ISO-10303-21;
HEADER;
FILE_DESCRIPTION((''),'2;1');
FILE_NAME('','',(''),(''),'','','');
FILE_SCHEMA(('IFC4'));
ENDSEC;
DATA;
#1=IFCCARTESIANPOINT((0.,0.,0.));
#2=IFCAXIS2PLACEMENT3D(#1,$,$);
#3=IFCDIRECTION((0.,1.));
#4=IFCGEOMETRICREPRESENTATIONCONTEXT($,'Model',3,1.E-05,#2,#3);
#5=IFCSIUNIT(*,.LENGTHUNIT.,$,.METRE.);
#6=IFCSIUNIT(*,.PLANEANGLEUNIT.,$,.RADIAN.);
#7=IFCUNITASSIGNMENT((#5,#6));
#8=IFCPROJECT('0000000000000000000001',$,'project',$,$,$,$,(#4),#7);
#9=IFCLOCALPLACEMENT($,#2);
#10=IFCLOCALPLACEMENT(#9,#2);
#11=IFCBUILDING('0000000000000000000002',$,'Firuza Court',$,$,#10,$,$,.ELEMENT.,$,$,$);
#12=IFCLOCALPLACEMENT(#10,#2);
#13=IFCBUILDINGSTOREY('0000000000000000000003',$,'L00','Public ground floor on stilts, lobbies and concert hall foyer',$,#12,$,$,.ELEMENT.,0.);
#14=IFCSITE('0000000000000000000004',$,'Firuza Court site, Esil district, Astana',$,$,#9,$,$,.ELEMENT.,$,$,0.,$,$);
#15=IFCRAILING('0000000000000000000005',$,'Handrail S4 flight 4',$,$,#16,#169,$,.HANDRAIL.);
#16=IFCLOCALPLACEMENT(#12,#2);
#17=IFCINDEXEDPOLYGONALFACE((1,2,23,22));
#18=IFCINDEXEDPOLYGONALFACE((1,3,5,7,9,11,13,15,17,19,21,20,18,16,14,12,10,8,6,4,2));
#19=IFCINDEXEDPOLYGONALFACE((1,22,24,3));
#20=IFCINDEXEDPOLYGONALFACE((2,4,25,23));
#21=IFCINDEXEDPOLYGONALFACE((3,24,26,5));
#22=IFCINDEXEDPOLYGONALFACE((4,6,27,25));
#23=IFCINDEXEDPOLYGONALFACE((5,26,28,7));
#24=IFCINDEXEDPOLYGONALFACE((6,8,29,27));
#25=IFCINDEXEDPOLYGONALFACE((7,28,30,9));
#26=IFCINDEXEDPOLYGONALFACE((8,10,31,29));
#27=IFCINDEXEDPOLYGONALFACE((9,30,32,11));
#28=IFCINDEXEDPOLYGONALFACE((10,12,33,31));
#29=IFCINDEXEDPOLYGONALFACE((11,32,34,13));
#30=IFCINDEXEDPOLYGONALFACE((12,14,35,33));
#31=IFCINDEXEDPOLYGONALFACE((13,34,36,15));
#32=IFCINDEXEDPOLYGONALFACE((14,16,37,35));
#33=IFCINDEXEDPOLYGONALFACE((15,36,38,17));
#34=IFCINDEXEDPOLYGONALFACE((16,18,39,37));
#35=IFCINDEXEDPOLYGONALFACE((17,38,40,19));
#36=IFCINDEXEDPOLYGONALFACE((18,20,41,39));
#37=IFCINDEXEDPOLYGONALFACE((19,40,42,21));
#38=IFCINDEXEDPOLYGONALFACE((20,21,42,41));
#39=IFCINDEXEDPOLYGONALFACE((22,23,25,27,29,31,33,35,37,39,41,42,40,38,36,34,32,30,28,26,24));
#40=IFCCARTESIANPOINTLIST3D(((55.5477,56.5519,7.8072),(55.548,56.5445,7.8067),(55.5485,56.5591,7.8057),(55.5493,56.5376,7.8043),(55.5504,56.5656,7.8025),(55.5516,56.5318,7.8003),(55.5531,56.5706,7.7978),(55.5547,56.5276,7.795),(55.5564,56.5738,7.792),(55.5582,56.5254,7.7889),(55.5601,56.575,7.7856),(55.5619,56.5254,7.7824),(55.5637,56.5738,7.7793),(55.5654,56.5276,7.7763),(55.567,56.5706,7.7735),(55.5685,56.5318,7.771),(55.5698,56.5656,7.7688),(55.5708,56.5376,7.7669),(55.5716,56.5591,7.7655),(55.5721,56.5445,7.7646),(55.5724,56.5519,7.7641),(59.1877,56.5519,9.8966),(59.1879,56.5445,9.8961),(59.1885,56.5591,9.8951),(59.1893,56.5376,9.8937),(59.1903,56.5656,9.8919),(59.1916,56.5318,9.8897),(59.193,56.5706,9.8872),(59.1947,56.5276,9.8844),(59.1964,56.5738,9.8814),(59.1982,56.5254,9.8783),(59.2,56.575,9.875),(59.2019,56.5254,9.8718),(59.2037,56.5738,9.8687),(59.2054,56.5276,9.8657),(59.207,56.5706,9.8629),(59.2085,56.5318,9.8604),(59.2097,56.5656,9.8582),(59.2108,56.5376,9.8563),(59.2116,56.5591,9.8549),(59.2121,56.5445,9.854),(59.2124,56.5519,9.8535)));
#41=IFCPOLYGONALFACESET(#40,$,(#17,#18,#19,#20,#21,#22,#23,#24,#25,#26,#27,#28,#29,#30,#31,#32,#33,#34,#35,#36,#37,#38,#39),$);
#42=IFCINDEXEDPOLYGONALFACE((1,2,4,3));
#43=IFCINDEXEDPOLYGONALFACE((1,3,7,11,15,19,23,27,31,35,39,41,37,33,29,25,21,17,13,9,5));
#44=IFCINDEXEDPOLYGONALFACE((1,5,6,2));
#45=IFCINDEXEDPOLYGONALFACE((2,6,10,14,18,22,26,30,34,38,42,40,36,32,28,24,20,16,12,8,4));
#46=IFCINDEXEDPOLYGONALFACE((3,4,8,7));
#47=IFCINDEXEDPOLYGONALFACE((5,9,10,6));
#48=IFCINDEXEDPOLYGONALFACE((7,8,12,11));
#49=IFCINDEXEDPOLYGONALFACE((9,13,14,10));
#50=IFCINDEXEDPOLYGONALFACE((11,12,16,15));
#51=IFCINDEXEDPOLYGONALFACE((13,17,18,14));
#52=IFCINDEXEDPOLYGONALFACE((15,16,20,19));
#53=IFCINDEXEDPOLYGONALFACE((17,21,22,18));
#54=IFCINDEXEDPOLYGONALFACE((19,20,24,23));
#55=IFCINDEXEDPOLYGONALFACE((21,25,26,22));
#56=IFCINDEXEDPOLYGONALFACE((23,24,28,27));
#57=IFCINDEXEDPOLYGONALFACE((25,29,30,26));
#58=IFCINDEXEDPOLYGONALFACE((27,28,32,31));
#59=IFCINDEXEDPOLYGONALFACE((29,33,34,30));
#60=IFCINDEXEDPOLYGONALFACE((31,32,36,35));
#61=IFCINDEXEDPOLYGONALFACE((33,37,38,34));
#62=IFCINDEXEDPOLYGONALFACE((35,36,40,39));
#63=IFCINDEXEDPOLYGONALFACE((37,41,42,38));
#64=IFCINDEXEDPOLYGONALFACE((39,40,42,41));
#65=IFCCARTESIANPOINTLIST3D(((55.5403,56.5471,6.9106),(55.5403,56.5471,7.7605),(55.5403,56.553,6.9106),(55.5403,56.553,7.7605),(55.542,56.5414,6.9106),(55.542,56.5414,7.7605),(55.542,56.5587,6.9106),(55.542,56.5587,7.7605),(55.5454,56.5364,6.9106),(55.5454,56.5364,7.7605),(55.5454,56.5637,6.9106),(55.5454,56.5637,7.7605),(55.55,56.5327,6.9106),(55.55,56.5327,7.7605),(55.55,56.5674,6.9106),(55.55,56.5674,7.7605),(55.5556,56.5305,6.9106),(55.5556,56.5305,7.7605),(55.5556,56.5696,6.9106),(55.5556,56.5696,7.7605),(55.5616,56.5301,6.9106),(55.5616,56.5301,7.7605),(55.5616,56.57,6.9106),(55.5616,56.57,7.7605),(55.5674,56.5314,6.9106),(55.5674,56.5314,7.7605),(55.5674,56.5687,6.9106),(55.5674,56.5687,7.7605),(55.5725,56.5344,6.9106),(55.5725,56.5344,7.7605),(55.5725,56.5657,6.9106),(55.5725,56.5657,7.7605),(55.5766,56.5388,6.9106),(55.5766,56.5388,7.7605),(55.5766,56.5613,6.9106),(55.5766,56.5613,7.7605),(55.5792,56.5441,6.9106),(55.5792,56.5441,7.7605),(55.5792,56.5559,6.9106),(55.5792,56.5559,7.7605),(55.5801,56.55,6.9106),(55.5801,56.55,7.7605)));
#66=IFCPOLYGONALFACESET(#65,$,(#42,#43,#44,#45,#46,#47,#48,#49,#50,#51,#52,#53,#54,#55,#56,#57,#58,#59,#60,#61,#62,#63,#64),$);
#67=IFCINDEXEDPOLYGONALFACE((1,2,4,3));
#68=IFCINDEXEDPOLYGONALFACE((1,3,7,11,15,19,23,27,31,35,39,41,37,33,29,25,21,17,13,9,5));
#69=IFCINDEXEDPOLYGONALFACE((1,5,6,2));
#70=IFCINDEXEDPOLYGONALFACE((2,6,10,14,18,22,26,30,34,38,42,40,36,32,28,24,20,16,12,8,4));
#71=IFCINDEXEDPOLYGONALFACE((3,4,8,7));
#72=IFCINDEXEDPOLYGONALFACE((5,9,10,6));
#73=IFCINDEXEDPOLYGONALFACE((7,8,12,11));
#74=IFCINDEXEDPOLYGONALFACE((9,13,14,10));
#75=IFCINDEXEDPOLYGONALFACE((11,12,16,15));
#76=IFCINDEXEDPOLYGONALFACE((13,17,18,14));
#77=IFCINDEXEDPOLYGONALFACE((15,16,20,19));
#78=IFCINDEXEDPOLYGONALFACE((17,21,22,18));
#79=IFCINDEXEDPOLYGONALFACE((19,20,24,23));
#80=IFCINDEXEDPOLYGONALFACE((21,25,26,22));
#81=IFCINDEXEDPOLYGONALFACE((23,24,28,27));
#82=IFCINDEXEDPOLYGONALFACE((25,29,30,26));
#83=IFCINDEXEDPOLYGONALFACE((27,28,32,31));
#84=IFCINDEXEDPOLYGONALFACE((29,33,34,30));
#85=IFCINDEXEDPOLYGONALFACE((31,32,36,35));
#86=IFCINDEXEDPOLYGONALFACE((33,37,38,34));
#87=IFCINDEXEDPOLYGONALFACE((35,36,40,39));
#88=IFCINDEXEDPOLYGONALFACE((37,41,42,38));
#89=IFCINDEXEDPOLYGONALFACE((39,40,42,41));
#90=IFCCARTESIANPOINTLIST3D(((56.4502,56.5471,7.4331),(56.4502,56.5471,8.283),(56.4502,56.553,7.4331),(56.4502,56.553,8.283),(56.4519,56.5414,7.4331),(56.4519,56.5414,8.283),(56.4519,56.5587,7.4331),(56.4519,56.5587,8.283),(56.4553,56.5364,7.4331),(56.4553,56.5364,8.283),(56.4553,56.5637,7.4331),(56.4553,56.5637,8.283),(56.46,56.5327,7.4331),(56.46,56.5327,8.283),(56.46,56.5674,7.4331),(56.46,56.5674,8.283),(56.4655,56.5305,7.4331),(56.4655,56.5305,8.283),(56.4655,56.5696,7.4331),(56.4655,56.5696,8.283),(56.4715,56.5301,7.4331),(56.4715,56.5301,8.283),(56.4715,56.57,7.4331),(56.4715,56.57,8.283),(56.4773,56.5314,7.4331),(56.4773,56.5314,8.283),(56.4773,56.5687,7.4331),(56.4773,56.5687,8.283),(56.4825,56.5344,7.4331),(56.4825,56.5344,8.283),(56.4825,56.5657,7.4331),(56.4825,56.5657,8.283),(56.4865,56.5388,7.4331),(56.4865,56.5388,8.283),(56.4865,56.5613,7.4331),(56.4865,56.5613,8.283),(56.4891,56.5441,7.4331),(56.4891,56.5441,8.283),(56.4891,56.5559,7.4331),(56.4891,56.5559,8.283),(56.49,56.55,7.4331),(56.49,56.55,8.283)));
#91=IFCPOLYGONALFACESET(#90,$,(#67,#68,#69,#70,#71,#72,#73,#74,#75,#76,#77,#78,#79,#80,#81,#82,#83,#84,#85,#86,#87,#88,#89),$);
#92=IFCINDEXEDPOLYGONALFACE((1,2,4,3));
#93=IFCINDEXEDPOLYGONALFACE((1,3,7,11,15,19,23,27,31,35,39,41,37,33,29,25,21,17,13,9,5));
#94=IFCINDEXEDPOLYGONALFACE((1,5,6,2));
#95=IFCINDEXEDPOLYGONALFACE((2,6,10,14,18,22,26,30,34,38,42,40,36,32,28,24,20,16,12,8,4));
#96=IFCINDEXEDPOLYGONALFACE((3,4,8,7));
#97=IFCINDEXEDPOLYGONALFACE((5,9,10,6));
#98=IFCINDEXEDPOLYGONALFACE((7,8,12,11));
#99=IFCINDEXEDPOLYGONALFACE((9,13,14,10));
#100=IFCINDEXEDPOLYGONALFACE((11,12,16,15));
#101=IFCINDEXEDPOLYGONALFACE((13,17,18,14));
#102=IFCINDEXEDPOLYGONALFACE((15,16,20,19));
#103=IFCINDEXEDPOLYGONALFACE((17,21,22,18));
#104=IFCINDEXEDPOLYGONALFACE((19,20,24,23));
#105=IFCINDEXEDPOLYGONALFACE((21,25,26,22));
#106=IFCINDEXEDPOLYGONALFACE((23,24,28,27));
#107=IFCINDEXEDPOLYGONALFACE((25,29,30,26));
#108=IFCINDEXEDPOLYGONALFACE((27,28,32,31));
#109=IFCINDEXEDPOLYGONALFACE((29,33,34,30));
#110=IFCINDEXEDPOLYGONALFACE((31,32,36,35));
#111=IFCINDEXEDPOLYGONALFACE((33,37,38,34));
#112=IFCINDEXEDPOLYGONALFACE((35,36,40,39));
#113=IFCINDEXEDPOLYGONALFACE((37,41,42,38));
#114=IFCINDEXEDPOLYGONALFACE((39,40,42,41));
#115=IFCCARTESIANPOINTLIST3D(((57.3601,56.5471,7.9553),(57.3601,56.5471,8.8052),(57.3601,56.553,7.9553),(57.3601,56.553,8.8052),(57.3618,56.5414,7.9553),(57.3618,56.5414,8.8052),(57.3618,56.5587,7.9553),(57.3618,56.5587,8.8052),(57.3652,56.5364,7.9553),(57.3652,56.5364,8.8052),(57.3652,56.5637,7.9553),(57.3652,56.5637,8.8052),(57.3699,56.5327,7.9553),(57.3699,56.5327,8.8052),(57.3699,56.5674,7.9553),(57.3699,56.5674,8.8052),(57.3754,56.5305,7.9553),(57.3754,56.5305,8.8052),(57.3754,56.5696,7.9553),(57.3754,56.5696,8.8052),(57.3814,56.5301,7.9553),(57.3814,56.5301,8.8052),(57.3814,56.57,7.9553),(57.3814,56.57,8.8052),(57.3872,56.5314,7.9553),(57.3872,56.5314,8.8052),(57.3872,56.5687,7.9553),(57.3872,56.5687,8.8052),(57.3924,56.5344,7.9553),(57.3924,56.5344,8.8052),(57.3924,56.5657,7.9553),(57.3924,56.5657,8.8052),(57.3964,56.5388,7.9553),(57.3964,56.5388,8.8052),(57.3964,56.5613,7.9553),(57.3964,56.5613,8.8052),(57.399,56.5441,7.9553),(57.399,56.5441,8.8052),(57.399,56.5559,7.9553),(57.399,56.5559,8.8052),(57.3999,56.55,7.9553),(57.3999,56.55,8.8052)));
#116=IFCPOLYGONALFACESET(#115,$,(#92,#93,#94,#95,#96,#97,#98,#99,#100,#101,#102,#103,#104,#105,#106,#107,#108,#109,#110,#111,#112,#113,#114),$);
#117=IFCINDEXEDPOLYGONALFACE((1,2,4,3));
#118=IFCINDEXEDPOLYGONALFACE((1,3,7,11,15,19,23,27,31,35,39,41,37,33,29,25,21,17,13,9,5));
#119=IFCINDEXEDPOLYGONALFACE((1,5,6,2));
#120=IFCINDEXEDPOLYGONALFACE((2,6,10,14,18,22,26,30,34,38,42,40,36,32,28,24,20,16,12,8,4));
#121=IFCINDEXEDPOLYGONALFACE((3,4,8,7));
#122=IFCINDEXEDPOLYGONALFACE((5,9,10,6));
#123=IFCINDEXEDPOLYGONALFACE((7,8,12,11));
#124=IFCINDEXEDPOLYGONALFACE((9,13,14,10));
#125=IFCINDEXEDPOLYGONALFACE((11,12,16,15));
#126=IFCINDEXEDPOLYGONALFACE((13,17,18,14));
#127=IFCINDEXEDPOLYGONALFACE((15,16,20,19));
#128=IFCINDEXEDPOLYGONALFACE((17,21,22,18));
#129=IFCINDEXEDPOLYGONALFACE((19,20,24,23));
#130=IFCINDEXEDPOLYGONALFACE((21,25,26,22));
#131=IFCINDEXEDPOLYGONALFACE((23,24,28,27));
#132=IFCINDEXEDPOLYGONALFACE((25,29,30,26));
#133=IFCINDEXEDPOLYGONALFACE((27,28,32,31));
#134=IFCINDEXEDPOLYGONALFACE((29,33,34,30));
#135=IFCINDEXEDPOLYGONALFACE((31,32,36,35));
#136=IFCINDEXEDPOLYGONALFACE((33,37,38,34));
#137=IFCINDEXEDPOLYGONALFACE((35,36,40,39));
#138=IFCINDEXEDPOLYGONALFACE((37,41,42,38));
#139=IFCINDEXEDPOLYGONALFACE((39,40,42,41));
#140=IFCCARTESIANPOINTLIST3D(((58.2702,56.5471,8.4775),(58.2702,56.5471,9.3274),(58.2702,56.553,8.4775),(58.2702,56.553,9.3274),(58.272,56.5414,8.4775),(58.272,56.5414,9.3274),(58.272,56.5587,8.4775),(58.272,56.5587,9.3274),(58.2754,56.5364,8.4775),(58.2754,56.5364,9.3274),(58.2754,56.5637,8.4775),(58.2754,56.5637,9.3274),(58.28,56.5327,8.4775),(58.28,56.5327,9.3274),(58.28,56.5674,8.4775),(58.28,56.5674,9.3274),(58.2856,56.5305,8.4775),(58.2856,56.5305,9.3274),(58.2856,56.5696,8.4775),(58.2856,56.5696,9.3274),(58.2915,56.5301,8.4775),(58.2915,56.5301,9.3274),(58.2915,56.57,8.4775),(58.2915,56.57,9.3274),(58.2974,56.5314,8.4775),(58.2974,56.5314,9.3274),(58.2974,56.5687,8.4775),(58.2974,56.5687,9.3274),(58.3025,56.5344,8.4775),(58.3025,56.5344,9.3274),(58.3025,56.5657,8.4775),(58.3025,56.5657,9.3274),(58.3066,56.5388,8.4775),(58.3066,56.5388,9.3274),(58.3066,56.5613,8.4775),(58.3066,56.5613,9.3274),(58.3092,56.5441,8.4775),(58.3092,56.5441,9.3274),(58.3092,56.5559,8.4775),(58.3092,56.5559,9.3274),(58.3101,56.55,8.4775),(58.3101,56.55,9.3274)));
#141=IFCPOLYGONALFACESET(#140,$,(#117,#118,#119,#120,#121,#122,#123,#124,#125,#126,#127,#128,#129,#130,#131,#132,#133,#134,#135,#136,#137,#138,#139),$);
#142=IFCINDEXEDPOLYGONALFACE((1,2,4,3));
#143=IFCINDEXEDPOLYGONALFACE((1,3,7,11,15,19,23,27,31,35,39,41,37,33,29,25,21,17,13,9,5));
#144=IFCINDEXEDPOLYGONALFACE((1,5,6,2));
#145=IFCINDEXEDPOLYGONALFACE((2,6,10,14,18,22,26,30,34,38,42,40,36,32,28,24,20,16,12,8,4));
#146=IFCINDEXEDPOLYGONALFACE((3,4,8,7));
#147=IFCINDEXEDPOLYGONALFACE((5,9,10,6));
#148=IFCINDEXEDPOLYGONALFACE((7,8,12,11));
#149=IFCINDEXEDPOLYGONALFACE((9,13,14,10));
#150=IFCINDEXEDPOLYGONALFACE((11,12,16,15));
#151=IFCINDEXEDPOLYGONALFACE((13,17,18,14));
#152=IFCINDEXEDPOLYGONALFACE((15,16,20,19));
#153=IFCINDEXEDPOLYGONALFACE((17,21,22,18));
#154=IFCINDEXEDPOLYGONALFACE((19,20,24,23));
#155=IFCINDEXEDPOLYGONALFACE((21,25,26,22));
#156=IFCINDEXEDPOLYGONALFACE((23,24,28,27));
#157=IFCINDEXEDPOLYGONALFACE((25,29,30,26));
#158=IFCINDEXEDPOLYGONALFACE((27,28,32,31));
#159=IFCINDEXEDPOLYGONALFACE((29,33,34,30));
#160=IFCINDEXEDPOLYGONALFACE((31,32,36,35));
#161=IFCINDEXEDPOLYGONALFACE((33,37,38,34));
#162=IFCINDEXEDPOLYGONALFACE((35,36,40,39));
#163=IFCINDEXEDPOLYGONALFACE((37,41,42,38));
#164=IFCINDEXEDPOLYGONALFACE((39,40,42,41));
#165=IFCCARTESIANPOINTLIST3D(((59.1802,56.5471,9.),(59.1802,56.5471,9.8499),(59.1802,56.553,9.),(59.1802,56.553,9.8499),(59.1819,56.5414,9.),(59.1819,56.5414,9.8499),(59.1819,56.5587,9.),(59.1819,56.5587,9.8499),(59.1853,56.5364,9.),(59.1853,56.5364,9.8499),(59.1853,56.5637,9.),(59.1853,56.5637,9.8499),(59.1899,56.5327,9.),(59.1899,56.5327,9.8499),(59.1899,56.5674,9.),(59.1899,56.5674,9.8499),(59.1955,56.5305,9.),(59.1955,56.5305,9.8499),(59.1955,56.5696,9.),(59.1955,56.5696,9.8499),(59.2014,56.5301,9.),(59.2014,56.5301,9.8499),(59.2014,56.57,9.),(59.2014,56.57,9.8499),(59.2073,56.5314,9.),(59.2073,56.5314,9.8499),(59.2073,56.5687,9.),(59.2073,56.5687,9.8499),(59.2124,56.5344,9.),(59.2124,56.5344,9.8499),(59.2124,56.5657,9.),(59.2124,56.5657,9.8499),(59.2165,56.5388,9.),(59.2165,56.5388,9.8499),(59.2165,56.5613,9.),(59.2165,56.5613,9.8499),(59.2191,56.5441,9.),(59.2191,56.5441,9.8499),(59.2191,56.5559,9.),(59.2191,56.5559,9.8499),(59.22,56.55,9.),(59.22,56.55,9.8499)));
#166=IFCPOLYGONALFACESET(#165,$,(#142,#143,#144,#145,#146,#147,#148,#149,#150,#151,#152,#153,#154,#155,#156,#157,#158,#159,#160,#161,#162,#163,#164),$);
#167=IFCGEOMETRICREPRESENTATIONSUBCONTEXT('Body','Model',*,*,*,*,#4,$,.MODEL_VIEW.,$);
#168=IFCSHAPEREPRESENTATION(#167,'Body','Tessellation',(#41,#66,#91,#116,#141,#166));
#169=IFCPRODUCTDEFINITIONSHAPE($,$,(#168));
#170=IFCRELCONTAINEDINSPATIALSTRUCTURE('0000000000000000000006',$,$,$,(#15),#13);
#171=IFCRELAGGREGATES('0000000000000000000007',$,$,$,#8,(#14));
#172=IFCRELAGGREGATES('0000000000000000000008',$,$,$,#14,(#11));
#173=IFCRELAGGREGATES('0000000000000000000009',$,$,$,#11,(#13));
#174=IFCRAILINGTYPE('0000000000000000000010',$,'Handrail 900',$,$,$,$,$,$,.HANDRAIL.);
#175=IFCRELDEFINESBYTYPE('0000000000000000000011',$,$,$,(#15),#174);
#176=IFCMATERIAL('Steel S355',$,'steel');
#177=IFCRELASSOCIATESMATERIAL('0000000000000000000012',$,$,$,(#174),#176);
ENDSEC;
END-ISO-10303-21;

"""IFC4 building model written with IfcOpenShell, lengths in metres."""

from ifc_helpers import new_model, si_unit, direction, frame, origin, origin_2d, place, context, subcontext, project, spatial, circle, extrude, material, type_object, element, save


model = new_model("IFC4")

# Units and contexts
model_context = context("Model", 3, precision=1e-05, world=origin(), true_north=direction((0.0, 1.0)))
body_context = subcontext(model_context, "Body", "Model", "MODEL_VIEW")
ifc_project = project(units=[si_unit("LENGTHUNIT", "METRE"), si_unit("PLANEANGLEUNIT", "RADIAN")], contexts=[model_context])

# Site, building, storey
site_placement = place(None, origin())
site = spatial("IfcSite", under=ifc_project, at=site_placement, Name="Firuza Court site, Esil district, Astana", CompositionType="ELEMENT", RefElevation=0.0)
building_placement = place(site_placement, origin())
building = spatial("IfcBuilding", under=site, at=building_placement, Name="Firuza Court", CompositionType="ELEMENT")
storey_placement = place(building_placement, origin())
storey = spatial("IfcBuildingStorey", under=building, at=storey_placement, Name="L00", Description="Public ground floor on stilts, lobbies and concert hall foyer", CompositionType="ELEMENT", Elevation=0.0)

# Railing
ifc_material_1 = material(Name="Steel S355", Category="steel")
railing_type_1 = type_object("IfcRailingType", Name="Handrail 900", PredefinedType="HANDRAIL", material=ifc_material_1)
railing_1_placement = place(storey_placement, frame((55.5601, 56.55, 6.9106)))
element("IfcRailing", 1, at=railing_1_placement, inside=storey, type_object=railing_type_1, Name="Handrail S4 flight 4", PredefinedType="HANDRAIL", context=body_context, shape_type="SweptSolid", body=[
    extrude(circle(Radius=0.0249, at=origin_2d()), frame((0.0, 0.0, 0.875), z_axis=(0.867275, 0.0, 0.497829), x_axis=(0.0, 1.0, 0.0)), (0.0, 0.0, 1.0), 4.197),
    extrude(circle(Radius=0.02, at=origin_2d()), origin(), (0.0, 0.0, 1.0), 0.8499),
    extrude(circle(Radius=0.02, at=origin_2d()), frame((0.9099, 0.0, 0.5225)), (0.0, 0.0, 1.0), 0.8499),
    extrude(circle(Radius=0.02, at=origin_2d()), frame((1.8198, 0.0, 1.0447)), (0.0, 0.0, 1.0), 0.8499),
    extrude(circle(Radius=0.02, at=origin_2d()), frame((2.73, 0.0, 1.5669)), (0.0, 0.0, 1.0), 0.8499),
    extrude(circle(Radius=0.02, at=origin_2d()), frame((3.6399, 0.0, 2.0894)), (0.0, 0.0, 1.0), 0.8499),
])

save(model, "model.ifc")
